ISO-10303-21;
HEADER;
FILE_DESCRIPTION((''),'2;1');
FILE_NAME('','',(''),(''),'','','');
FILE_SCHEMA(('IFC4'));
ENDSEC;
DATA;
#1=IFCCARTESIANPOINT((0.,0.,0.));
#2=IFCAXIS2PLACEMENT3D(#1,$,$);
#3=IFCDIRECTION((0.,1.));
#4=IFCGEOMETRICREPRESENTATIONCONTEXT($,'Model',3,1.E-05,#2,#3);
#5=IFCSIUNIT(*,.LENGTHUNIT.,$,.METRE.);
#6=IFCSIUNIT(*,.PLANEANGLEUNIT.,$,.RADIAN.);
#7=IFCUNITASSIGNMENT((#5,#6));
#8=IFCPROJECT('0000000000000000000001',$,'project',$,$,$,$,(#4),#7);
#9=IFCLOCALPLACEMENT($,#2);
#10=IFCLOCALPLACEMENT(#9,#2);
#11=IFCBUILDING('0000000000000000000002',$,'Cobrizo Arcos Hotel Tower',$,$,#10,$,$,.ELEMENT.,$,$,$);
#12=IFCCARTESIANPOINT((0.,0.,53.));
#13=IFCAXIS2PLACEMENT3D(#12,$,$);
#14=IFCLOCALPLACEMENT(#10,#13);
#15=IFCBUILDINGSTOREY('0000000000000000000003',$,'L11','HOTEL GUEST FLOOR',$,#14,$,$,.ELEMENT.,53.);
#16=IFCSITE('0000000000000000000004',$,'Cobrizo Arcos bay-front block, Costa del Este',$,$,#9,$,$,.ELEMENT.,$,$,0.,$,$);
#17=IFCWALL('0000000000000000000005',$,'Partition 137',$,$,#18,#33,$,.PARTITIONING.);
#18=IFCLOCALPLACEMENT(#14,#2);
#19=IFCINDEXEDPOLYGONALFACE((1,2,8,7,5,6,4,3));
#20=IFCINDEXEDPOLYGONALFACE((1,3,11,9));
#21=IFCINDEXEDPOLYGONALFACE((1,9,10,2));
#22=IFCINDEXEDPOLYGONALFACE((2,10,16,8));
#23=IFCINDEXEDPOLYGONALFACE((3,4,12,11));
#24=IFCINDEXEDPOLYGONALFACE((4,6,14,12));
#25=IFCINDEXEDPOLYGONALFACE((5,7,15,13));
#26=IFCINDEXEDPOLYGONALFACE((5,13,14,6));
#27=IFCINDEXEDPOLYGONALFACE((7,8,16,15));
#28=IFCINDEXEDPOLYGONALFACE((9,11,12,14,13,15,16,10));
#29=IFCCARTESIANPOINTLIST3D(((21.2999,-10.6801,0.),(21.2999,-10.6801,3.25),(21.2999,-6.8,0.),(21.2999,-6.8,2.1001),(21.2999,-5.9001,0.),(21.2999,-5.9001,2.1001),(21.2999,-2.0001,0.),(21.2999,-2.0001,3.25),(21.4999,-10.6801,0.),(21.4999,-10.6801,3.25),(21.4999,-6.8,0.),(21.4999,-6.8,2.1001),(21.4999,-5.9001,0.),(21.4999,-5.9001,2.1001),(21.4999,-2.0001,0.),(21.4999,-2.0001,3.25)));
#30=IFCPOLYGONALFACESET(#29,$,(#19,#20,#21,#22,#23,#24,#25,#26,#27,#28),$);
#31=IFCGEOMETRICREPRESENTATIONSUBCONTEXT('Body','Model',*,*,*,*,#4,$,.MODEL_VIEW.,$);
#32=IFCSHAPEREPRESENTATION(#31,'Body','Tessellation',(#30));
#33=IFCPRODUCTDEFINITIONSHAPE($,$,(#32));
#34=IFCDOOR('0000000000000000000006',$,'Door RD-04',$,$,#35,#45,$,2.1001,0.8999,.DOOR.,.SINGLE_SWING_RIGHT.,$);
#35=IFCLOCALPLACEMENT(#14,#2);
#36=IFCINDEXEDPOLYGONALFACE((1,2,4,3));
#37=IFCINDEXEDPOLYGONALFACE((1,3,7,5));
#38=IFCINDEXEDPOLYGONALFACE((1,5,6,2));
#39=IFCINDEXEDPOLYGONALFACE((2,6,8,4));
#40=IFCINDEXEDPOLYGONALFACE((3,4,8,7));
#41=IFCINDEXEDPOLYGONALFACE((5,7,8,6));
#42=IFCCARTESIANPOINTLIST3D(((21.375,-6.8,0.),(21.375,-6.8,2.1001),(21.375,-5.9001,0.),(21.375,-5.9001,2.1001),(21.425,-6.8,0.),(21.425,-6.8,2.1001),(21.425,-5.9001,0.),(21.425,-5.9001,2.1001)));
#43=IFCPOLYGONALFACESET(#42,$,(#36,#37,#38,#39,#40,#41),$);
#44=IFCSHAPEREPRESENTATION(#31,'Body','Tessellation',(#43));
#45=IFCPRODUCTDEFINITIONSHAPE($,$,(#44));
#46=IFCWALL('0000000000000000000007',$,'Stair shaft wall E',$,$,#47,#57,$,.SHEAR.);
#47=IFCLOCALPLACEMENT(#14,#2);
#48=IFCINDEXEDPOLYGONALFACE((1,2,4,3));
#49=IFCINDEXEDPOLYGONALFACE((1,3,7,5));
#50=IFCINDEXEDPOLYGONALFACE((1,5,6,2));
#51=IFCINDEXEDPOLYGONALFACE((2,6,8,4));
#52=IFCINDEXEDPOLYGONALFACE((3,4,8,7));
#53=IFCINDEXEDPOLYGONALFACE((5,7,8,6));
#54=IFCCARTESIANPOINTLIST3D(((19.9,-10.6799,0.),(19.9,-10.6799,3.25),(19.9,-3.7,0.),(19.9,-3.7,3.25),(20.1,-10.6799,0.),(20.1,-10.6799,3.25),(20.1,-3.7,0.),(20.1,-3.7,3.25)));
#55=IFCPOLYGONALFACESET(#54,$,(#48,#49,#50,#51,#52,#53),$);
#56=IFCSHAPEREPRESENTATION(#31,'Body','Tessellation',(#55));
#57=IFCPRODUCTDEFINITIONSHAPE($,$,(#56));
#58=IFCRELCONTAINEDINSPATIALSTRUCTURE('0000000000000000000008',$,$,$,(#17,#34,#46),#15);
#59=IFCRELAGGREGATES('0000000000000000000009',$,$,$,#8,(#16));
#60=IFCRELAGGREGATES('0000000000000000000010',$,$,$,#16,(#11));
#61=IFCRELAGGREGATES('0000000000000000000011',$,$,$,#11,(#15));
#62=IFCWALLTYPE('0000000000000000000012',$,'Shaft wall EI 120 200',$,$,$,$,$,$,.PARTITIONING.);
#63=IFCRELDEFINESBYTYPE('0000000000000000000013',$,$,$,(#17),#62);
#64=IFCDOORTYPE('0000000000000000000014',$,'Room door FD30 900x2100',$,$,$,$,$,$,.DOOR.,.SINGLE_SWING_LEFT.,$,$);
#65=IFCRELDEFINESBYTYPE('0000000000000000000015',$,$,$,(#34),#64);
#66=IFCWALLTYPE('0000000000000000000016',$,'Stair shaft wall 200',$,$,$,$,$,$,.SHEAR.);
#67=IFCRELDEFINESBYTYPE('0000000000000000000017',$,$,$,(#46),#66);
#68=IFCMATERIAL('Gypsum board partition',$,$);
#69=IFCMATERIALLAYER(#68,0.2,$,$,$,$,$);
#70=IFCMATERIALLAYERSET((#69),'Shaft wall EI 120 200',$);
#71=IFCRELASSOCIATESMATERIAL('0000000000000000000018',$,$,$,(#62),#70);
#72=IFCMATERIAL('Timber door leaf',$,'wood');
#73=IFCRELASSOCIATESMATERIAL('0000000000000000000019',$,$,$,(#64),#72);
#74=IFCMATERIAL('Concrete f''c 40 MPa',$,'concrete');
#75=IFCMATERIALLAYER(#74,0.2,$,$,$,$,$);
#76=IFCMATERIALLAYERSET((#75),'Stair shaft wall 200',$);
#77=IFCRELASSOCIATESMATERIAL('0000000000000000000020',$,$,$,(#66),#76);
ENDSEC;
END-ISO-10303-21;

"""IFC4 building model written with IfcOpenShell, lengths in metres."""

from ifc_helpers import new_model, si_unit, direction, frame, frame_2d, origin, place, context, subcontext, project, spatial, rectangle, extrude, material, layer, layer_set, type_object, element, fill, save


model = new_model("IFC4")

# Units and contexts
model_context = context("Model", 3, precision=1e-05, world=origin(), true_north=direction((0.0, 1.0)))
body_context = subcontext(model_context, "Body", "Model", "MODEL_VIEW")
ifc_project = project(units=[si_unit("LENGTHUNIT", "METRE"), si_unit("PLANEANGLEUNIT", "RADIAN")], contexts=[model_context])

# Site, building, storey
site_placement = place(None, origin())
site = spatial("IfcSite", under=ifc_project, at=site_placement, Name="Cobrizo Arcos bay-front block, Costa del Este", CompositionType="ELEMENT", RefElevation=0.0)
building_placement = place(site_placement, origin())
building = spatial("IfcBuilding", under=site, at=building_placement, Name="Cobrizo Arcos Hotel Tower", CompositionType="ELEMENT")
storey_placement = place(building_placement, frame((0.0, 0.0, 53.0)))
storey = spatial("IfcBuildingStorey", under=building, at=storey_placement, Name="L11", Description="HOTEL GUEST FLOOR", CompositionType="ELEMENT", Elevation=53.0)

# Shared definitions
ifc_material_1 = material(Name="Gypsum board partition")

# Shared definitions
ifc_material_2 = material(Name="Timber door leaf", Category="wood")

# Wall, opening, door
ifc_layer_1 = layer(ifc_material_1, 0.2)
ifc_layer_set_1 = layer_set([ifc_layer_1], Name="Shaft wall EI 120 200")
wall_type_1 = type_object("IfcWallType", Name="Shaft wall EI 120 200", PredefinedType="PARTITIONING", material=ifc_layer_set_1)
wall_1_placement = place(storey_placement, frame((21.3999, -10.6799, 0.0), z_axis=(0.0, 0.0, 1.0), x_axis=(0.0, 1.0, 0.0)))
wall_1 = element("IfcWall", 1, at=wall_1_placement, inside=storey, type_object=wall_type_1, Name="Partition 137", PredefinedType="PARTITIONING", context=body_context, shape_type="SweptSolid", body=[
    extrude(rectangle(XDim=8.6799, YDim=0.2, at=frame_2d((4.3398, 0.0))), origin(), (0.0, 0.0, 1.0), 3.25),
])
opening_1_placement = place(wall_1_placement, frame((3.8799, 0.0, 0.0)))
opening_1 = element("IfcOpeningElement", 2, at=opening_1_placement, cuts=wall_1, PredefinedType="OPENING", context=body_context, shape_type="SweptSolid", body=[
    extrude(rectangle(XDim=0.8999, YDim=2.1001, at=frame_2d((0.45, 1.05))), frame((0.0, 0.1121, 0.0), z_axis=(0.0, -1.0, 0.0), x_axis=(1.0, 0.0, 0.0)), (0.0, 0.0, 1.0), 0.2239),
])
door_type_1 = type_object("IfcDoorType", Name="Room door FD30 900x2100", OperationType="SINGLE_SWING_LEFT", PredefinedType="DOOR", material=ifc_material_2)
door_1_placement = place(opening_1_placement, origin())
door_1 = element("IfcDoor", 3, at=door_1_placement, inside=storey, type_object=door_type_1, Name="Door RD-04", OperationType="SINGLE_SWING_RIGHT", OverallHeight=2.1001, OverallWidth=0.8999, PredefinedType="DOOR", context=body_context, shape_type="SweptSolid", body=[
    extrude(rectangle(XDim=0.8999, YDim=2.1001, at=frame_2d((0.45, 1.05))), frame((0.0, 0.0249, 0.0), z_axis=(0.0, -1.0, 0.0), x_axis=(1.0, 0.0, 0.0)), (0.0, 0.0, 1.0), 0.05),
])
fill(opening_1, door_1)

# Wall
ifc_material_3 = material(Name="Concrete f'c 40 MPa", Category="concrete")
ifc_layer_2 = layer(ifc_material_3, 0.2)
ifc_layer_set_2 = layer_set([ifc_layer_2], Name="Stair shaft wall 200")
wall_type_2 = type_object("IfcWallType", Name="Stair shaft wall 200", PredefinedType="SHEAR", material=ifc_layer_set_2)
wall_2_placement = place(storey_placement, frame((20.0, -10.6799, 0.0), z_axis=(0.0, 0.0, 1.0), x_axis=(0.0, 1.0, 0.0)))
element("IfcWall", 4, at=wall_2_placement, inside=storey, type_object=wall_type_2, Name="Stair shaft wall E", PredefinedType="SHEAR", context=body_context, shape_type="SweptSolid", body=[
    extrude(rectangle(XDim=6.98, YDim=0.2, at=frame_2d((3.49, 0.0))), origin(), (0.0, 0.0, 1.0), 3.25),
])

save(model, "model.ifc")
